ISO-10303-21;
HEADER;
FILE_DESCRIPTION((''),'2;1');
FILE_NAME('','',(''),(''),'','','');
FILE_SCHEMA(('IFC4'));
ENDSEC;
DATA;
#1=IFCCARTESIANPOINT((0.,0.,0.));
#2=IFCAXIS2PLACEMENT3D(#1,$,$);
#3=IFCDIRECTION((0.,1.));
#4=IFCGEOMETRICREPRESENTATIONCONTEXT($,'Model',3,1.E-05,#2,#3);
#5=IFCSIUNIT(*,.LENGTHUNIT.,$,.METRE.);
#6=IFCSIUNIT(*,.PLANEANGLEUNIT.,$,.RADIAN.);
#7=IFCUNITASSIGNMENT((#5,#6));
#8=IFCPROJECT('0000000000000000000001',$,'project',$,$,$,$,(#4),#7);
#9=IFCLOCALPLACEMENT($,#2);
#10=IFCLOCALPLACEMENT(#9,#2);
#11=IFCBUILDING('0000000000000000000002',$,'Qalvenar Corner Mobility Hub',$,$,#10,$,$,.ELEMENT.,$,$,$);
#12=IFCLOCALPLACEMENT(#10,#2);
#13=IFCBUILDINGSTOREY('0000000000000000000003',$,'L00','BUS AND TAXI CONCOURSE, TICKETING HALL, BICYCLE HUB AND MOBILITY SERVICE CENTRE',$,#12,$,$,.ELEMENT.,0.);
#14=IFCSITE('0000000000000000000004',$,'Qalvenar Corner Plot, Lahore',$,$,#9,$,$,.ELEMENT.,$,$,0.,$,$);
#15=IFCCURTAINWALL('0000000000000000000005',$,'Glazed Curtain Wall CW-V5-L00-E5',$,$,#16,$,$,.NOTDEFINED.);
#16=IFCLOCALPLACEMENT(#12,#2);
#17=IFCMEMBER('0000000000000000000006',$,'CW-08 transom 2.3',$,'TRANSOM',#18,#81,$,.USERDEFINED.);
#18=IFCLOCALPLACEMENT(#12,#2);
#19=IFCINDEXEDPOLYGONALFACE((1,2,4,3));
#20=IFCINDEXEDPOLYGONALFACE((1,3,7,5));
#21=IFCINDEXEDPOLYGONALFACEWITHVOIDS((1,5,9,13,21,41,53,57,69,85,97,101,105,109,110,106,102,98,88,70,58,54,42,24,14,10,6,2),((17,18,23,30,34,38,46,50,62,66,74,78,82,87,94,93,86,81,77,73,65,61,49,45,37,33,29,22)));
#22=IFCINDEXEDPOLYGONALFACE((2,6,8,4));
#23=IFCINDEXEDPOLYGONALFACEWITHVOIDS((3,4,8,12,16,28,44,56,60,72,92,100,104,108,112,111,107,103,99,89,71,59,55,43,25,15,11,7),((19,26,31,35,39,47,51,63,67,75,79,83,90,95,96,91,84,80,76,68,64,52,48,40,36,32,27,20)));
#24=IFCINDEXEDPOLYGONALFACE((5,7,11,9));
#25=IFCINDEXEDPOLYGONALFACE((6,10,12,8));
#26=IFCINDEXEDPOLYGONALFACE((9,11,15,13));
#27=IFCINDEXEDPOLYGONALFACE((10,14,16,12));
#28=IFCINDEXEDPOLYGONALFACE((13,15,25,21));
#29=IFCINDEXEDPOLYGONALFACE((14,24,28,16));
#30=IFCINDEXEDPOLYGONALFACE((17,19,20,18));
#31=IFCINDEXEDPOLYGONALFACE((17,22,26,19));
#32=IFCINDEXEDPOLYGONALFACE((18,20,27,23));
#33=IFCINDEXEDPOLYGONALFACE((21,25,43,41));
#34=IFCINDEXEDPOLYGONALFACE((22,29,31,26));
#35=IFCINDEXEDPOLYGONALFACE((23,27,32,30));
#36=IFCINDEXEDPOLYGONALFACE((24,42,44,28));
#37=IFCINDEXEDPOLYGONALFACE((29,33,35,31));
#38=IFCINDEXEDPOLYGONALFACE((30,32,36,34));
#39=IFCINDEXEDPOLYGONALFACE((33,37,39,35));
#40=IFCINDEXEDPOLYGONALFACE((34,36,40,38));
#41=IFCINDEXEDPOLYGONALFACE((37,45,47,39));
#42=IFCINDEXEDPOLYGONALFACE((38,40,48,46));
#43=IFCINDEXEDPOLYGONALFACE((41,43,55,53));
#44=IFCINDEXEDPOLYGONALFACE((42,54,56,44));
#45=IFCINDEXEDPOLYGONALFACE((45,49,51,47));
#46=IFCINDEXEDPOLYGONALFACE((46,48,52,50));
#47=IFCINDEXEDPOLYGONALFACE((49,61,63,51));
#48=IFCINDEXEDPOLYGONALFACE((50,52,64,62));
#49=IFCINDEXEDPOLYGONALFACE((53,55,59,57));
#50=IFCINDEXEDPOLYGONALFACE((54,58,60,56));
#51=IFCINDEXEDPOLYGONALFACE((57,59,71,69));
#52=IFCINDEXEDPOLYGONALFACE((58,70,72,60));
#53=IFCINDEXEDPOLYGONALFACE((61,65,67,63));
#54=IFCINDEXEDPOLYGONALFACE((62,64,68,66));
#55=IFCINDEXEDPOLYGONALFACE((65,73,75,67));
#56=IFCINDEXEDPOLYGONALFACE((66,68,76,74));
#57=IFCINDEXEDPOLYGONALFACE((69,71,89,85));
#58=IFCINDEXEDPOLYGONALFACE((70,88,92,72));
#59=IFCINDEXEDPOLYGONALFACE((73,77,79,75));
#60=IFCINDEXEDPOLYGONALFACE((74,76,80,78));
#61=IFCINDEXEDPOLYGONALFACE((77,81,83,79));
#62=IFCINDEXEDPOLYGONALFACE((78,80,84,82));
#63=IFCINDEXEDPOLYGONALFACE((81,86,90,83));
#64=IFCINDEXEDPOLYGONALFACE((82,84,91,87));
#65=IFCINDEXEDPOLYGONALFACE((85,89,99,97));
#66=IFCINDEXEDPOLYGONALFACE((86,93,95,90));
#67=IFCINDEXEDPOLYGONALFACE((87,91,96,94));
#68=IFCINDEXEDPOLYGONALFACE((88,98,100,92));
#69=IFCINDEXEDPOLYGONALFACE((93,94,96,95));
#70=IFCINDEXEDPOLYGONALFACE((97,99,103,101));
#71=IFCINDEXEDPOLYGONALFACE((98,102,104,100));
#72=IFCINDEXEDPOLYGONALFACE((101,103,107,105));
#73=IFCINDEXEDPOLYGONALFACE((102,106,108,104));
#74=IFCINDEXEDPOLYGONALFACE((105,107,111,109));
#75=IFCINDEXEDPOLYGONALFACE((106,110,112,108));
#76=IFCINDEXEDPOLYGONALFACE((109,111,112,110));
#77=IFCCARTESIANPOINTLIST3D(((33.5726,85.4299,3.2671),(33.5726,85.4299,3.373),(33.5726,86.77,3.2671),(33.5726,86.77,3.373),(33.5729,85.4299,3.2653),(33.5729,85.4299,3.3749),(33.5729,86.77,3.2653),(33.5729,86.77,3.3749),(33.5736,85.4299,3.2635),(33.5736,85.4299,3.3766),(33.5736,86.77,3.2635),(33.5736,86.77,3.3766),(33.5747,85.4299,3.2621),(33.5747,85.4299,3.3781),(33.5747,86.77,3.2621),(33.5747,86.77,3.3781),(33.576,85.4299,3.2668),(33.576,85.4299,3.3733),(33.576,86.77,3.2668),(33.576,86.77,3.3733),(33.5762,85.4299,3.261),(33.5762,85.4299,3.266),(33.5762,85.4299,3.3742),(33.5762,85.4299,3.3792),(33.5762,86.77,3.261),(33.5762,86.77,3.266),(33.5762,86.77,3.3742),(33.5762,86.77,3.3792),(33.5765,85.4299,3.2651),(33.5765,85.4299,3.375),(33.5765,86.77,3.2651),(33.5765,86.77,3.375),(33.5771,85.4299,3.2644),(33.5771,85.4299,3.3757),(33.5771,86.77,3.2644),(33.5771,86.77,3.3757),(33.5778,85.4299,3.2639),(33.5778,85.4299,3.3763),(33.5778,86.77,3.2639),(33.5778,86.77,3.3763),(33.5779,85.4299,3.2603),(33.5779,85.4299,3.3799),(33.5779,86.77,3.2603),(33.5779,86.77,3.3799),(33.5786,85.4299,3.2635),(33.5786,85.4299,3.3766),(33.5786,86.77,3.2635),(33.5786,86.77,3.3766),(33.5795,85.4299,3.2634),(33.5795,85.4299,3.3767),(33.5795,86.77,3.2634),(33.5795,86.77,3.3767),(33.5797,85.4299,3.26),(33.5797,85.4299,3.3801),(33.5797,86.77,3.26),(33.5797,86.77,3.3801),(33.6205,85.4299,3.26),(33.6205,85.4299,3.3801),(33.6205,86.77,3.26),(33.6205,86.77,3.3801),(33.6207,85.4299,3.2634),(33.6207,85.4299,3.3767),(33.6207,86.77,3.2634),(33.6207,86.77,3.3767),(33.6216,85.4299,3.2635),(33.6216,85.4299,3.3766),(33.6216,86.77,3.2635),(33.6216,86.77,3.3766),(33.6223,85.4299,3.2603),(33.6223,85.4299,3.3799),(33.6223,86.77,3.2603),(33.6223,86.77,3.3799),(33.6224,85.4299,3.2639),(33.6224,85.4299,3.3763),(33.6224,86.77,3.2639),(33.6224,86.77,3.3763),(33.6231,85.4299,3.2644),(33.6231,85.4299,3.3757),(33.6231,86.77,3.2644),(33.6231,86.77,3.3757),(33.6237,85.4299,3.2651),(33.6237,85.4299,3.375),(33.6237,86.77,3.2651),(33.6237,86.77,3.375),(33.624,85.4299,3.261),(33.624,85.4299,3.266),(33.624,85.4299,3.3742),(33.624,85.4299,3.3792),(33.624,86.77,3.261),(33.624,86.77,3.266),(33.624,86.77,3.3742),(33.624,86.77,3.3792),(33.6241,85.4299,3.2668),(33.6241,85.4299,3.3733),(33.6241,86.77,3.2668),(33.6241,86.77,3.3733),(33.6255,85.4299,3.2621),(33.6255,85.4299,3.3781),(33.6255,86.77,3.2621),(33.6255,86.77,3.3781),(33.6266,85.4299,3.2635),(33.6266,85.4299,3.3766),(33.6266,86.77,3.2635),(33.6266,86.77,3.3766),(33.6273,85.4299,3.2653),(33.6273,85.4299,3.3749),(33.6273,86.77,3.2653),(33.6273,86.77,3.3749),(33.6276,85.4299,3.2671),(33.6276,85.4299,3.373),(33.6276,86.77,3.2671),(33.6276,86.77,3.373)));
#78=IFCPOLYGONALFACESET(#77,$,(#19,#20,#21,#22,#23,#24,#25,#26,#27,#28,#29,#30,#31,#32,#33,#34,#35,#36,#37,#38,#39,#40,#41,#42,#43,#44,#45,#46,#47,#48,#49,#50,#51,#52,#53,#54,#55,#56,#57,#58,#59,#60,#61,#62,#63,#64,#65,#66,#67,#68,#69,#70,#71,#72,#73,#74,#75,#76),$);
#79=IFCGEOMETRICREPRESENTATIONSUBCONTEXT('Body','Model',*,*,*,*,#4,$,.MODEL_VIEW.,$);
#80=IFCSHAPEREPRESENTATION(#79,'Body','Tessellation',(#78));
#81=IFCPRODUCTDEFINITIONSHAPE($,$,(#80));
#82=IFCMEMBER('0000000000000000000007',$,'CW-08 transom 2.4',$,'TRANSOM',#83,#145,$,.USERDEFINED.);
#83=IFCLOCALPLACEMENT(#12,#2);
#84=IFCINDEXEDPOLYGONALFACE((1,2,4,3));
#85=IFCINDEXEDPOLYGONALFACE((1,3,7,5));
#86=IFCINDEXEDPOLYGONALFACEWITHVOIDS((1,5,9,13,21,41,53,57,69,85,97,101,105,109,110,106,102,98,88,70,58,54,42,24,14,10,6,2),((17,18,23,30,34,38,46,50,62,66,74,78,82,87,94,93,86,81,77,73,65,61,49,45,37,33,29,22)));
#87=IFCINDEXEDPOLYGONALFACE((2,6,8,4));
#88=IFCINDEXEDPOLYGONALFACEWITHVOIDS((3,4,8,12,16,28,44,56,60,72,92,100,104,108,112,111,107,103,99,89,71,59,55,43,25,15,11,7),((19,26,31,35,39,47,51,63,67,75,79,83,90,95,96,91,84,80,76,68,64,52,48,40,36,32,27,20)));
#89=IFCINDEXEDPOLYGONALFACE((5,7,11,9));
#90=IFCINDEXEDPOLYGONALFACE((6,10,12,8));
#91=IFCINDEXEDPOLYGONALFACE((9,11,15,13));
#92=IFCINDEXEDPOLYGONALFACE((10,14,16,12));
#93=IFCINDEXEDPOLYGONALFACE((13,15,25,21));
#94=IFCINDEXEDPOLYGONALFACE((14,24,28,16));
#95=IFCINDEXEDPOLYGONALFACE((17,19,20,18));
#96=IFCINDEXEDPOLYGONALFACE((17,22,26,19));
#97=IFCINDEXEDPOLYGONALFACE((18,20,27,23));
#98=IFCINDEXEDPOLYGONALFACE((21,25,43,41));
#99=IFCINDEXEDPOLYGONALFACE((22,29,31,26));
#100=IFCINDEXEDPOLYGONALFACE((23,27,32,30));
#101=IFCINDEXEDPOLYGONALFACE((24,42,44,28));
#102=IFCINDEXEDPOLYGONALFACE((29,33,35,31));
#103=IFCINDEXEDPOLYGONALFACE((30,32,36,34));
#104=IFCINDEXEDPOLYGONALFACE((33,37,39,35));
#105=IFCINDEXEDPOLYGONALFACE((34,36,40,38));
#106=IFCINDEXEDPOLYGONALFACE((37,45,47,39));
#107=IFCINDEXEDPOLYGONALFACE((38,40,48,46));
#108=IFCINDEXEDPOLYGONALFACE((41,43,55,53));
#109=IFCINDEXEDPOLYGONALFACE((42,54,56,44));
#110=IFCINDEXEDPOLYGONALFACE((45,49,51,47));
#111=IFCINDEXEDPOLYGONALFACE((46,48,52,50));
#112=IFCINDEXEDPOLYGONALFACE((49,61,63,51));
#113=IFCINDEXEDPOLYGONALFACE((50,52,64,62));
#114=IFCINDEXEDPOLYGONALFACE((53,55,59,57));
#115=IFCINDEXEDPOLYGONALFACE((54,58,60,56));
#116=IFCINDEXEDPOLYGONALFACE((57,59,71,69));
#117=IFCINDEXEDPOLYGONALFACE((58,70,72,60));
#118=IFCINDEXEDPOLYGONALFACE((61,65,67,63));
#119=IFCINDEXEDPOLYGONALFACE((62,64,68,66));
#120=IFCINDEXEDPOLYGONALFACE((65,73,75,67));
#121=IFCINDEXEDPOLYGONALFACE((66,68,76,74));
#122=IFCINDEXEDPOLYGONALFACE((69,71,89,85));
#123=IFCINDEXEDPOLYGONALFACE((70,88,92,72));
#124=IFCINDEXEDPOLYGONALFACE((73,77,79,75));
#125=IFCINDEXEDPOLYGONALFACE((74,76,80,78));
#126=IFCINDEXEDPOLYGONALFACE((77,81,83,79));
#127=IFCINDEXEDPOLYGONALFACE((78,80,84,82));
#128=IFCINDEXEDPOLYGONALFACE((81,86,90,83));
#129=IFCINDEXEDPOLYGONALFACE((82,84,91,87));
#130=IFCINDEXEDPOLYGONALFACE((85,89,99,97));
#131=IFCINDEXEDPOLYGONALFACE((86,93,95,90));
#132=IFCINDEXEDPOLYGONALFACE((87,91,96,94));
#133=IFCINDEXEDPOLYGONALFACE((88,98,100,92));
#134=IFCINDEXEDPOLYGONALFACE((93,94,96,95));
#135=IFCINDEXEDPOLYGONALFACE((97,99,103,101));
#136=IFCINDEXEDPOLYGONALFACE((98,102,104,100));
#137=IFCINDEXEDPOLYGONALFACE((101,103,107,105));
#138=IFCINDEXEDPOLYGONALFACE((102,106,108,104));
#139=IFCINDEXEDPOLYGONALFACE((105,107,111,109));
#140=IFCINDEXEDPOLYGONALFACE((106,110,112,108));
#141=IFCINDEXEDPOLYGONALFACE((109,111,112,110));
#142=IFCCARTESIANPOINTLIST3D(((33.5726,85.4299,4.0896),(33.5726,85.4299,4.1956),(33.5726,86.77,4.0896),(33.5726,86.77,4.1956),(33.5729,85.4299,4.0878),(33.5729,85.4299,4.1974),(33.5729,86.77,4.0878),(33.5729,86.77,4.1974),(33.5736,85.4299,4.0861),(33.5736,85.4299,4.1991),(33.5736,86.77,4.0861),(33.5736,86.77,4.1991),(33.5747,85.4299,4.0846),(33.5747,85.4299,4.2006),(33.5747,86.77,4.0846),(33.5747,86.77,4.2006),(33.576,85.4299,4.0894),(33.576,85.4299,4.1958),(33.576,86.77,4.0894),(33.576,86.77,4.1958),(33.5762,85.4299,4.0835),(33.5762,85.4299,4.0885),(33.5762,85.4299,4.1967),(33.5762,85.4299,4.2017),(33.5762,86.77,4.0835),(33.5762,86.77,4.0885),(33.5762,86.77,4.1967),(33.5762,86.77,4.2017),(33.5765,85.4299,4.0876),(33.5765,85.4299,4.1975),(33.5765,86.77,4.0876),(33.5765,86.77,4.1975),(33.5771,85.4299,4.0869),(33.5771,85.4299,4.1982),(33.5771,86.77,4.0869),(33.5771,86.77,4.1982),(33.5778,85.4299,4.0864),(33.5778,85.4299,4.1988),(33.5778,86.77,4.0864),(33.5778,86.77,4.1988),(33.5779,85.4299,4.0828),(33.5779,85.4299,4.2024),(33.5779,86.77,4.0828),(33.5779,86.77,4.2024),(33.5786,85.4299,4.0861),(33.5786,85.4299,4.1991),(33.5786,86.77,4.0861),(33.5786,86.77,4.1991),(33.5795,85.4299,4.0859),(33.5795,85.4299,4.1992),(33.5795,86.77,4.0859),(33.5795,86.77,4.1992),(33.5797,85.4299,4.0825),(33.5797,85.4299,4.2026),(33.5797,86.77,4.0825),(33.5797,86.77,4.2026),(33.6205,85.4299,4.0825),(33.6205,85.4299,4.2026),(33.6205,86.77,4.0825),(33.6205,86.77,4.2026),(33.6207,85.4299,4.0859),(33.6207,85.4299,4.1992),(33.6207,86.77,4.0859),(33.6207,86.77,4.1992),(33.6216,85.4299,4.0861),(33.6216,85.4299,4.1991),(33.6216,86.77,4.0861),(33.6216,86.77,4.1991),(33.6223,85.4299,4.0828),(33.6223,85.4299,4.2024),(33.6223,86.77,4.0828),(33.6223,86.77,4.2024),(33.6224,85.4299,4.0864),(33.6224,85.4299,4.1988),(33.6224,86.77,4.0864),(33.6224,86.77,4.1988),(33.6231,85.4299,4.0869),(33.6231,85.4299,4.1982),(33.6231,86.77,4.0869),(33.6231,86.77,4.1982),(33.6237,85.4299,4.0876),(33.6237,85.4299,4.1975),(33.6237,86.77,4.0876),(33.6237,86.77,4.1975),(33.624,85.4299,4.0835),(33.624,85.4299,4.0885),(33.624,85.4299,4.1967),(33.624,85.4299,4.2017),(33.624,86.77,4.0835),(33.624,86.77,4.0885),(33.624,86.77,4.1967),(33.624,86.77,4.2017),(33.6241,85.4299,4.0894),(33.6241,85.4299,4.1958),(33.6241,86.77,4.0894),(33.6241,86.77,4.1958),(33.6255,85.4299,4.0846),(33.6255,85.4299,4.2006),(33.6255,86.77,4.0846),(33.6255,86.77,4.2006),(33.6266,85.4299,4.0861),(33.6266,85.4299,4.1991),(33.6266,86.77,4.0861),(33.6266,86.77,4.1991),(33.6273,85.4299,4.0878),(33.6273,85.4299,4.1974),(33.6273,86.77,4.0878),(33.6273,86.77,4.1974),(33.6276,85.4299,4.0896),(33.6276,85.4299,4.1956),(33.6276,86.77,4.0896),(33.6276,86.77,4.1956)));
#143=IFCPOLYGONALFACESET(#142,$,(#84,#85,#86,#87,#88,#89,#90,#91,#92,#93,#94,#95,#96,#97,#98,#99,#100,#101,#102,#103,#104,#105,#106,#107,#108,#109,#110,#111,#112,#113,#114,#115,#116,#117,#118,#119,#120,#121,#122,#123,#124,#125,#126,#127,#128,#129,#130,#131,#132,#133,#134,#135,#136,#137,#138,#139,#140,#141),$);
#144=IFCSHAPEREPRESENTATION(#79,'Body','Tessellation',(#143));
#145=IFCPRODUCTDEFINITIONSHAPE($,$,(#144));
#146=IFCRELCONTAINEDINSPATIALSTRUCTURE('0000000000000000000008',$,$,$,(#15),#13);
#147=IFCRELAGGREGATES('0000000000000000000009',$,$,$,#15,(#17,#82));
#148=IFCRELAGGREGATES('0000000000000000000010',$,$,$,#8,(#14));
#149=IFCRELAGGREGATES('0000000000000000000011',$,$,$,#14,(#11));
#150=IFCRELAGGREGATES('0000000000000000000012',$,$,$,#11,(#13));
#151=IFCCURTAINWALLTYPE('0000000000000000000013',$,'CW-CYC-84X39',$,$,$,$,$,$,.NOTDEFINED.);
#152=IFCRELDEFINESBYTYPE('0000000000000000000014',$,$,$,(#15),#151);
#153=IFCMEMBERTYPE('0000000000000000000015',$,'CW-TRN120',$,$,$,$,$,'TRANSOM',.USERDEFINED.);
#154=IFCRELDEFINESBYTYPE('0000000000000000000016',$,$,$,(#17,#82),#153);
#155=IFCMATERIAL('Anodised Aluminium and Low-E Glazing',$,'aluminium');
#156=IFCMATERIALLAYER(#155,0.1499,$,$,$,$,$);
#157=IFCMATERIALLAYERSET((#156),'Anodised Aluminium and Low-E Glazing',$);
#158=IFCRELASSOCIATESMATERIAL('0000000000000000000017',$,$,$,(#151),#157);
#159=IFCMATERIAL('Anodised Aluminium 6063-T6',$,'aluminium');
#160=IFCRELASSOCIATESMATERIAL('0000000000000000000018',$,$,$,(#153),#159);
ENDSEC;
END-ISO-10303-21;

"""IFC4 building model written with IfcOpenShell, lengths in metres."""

from ifc_helpers import new_model, si_unit, direction, frame, origin, origin_2d, place, context, subcontext, project, spatial, hollow_rectangle, extrude, material, layer, layer_set, material_profile, profile_set, type_object, element, aggregate, save


model = new_model("IFC4")

# Units and contexts
model_context = context("Model", 3, precision=1e-05, world=origin(), true_north=direction((0.0, 1.0)))
body_context = subcontext(model_context, "Body", "Model", "MODEL_VIEW")
ifc_project = project(units=[si_unit("LENGTHUNIT", "METRE"), si_unit("PLANEANGLEUNIT", "RADIAN")], contexts=[model_context])

# Site, building, storey
site_placement = place(None, origin())
site = spatial("IfcSite", under=ifc_project, at=site_placement, Name="Qalvenar Corner Plot, Lahore", CompositionType="ELEMENT", RefElevation=0.0)
building_placement = place(site_placement, origin())
building = spatial("IfcBuilding", under=site, at=building_placement, Name="Qalvenar Corner Mobility Hub", CompositionType="ELEMENT")
storey_placement = place(building_placement, origin())
storey = spatial("IfcBuildingStorey", under=building, at=storey_placement, Name="L00", Description="BUS AND TAXI CONCOURSE, TICKETING HALL, BICYCLE HUB AND MOBILITY SERVICE CENTRE", CompositionType="ELEMENT", Elevation=0.0)

# Curtain wall, members
ifc_material_1 = material(Name="Anodised Aluminium and Low-E Glazing", Category="aluminium")
ifc_layer_1 = layer(ifc_material_1, 0.1499)
ifc_layer_set_1 = layer_set([ifc_layer_1], Name="Anodised Aluminium and Low-E Glazing")
curtain_wall_type = type_object("IfcCurtainWallType", Name="CW-CYC-84X39", PredefinedType="NOTDEFINED", material=ifc_layer_set_1)
curtain_wall_placement = place(storey_placement, origin())
curtain_wall = element("IfcCurtainWall", 1, at=curtain_wall_placement, inside=storey, type_object=curtain_wall_type, Name="Glazed Curtain Wall CW-V5-L00-E5", PredefinedType="NOTDEFINED")
ifc_material_2 = material(Name="Anodised Aluminium 6063-T6", Category="aluminium")
ifc_material_profile_1 = material_profile(ifc_material_2, hollow_rectangle(XDim=0.0549, YDim=0.1201, WallThickness=0.0034, InnerFilletRadius=0.0034, OuterFilletRadius=0.0071, at=origin_2d()), Name="RHS120x55x3.5")
ifc_profile_set_1 = profile_set([ifc_material_profile_1], Name="Anodised Aluminium 6063-T6")
member_type_1 = type_object("IfcMemberType", Name="CW-TRN120", ElementType="TRANSOM", PredefinedType="USERDEFINED", material=ifc_profile_set_1)
member_1_placement = place(storey_placement, frame((33.6001, 85.4299, 3.3201), z_axis=(0.0, 1.0, 0.0), x_axis=(-1.0, 0.0, 0.0)))
member_1 = element("IfcMember", 2, at=member_1_placement, type_object=member_type_1, Name="CW-08 transom 2.3", ObjectType="TRANSOM", PredefinedType="USERDEFINED", context=body_context, shape_type="SweptSolid", body=[
    extrude(hollow_rectangle(XDim=0.0549, YDim=0.1201, WallThickness=0.0034, InnerFilletRadius=0.0034, OuterFilletRadius=0.0071, at=origin_2d()), origin(), (0.0, 0.0, 1.0), 1.3401),
])
member_2_placement = place(storey_placement, frame((33.6001, 85.4299, 4.1426), z_axis=(0.0, 1.0, 0.0), x_axis=(-1.0, 0.0, 0.0)))
member_2 = element("IfcMember", 3, at=member_2_placement, type_object=member_type_1, Name="CW-08 transom 2.4", ObjectType="TRANSOM", PredefinedType="USERDEFINED", context=body_context, shape_type="SweptSolid", body=[
    extrude(hollow_rectangle(XDim=0.0549, YDim=0.1201, WallThickness=0.0034, InnerFilletRadius=0.0034, OuterFilletRadius=0.0071, at=origin_2d()), origin(), (0.0, 0.0, 1.0), 1.3401),
])
aggregate(curtain_wall, [member_1, member_2])

save(model, "model.ifc")
